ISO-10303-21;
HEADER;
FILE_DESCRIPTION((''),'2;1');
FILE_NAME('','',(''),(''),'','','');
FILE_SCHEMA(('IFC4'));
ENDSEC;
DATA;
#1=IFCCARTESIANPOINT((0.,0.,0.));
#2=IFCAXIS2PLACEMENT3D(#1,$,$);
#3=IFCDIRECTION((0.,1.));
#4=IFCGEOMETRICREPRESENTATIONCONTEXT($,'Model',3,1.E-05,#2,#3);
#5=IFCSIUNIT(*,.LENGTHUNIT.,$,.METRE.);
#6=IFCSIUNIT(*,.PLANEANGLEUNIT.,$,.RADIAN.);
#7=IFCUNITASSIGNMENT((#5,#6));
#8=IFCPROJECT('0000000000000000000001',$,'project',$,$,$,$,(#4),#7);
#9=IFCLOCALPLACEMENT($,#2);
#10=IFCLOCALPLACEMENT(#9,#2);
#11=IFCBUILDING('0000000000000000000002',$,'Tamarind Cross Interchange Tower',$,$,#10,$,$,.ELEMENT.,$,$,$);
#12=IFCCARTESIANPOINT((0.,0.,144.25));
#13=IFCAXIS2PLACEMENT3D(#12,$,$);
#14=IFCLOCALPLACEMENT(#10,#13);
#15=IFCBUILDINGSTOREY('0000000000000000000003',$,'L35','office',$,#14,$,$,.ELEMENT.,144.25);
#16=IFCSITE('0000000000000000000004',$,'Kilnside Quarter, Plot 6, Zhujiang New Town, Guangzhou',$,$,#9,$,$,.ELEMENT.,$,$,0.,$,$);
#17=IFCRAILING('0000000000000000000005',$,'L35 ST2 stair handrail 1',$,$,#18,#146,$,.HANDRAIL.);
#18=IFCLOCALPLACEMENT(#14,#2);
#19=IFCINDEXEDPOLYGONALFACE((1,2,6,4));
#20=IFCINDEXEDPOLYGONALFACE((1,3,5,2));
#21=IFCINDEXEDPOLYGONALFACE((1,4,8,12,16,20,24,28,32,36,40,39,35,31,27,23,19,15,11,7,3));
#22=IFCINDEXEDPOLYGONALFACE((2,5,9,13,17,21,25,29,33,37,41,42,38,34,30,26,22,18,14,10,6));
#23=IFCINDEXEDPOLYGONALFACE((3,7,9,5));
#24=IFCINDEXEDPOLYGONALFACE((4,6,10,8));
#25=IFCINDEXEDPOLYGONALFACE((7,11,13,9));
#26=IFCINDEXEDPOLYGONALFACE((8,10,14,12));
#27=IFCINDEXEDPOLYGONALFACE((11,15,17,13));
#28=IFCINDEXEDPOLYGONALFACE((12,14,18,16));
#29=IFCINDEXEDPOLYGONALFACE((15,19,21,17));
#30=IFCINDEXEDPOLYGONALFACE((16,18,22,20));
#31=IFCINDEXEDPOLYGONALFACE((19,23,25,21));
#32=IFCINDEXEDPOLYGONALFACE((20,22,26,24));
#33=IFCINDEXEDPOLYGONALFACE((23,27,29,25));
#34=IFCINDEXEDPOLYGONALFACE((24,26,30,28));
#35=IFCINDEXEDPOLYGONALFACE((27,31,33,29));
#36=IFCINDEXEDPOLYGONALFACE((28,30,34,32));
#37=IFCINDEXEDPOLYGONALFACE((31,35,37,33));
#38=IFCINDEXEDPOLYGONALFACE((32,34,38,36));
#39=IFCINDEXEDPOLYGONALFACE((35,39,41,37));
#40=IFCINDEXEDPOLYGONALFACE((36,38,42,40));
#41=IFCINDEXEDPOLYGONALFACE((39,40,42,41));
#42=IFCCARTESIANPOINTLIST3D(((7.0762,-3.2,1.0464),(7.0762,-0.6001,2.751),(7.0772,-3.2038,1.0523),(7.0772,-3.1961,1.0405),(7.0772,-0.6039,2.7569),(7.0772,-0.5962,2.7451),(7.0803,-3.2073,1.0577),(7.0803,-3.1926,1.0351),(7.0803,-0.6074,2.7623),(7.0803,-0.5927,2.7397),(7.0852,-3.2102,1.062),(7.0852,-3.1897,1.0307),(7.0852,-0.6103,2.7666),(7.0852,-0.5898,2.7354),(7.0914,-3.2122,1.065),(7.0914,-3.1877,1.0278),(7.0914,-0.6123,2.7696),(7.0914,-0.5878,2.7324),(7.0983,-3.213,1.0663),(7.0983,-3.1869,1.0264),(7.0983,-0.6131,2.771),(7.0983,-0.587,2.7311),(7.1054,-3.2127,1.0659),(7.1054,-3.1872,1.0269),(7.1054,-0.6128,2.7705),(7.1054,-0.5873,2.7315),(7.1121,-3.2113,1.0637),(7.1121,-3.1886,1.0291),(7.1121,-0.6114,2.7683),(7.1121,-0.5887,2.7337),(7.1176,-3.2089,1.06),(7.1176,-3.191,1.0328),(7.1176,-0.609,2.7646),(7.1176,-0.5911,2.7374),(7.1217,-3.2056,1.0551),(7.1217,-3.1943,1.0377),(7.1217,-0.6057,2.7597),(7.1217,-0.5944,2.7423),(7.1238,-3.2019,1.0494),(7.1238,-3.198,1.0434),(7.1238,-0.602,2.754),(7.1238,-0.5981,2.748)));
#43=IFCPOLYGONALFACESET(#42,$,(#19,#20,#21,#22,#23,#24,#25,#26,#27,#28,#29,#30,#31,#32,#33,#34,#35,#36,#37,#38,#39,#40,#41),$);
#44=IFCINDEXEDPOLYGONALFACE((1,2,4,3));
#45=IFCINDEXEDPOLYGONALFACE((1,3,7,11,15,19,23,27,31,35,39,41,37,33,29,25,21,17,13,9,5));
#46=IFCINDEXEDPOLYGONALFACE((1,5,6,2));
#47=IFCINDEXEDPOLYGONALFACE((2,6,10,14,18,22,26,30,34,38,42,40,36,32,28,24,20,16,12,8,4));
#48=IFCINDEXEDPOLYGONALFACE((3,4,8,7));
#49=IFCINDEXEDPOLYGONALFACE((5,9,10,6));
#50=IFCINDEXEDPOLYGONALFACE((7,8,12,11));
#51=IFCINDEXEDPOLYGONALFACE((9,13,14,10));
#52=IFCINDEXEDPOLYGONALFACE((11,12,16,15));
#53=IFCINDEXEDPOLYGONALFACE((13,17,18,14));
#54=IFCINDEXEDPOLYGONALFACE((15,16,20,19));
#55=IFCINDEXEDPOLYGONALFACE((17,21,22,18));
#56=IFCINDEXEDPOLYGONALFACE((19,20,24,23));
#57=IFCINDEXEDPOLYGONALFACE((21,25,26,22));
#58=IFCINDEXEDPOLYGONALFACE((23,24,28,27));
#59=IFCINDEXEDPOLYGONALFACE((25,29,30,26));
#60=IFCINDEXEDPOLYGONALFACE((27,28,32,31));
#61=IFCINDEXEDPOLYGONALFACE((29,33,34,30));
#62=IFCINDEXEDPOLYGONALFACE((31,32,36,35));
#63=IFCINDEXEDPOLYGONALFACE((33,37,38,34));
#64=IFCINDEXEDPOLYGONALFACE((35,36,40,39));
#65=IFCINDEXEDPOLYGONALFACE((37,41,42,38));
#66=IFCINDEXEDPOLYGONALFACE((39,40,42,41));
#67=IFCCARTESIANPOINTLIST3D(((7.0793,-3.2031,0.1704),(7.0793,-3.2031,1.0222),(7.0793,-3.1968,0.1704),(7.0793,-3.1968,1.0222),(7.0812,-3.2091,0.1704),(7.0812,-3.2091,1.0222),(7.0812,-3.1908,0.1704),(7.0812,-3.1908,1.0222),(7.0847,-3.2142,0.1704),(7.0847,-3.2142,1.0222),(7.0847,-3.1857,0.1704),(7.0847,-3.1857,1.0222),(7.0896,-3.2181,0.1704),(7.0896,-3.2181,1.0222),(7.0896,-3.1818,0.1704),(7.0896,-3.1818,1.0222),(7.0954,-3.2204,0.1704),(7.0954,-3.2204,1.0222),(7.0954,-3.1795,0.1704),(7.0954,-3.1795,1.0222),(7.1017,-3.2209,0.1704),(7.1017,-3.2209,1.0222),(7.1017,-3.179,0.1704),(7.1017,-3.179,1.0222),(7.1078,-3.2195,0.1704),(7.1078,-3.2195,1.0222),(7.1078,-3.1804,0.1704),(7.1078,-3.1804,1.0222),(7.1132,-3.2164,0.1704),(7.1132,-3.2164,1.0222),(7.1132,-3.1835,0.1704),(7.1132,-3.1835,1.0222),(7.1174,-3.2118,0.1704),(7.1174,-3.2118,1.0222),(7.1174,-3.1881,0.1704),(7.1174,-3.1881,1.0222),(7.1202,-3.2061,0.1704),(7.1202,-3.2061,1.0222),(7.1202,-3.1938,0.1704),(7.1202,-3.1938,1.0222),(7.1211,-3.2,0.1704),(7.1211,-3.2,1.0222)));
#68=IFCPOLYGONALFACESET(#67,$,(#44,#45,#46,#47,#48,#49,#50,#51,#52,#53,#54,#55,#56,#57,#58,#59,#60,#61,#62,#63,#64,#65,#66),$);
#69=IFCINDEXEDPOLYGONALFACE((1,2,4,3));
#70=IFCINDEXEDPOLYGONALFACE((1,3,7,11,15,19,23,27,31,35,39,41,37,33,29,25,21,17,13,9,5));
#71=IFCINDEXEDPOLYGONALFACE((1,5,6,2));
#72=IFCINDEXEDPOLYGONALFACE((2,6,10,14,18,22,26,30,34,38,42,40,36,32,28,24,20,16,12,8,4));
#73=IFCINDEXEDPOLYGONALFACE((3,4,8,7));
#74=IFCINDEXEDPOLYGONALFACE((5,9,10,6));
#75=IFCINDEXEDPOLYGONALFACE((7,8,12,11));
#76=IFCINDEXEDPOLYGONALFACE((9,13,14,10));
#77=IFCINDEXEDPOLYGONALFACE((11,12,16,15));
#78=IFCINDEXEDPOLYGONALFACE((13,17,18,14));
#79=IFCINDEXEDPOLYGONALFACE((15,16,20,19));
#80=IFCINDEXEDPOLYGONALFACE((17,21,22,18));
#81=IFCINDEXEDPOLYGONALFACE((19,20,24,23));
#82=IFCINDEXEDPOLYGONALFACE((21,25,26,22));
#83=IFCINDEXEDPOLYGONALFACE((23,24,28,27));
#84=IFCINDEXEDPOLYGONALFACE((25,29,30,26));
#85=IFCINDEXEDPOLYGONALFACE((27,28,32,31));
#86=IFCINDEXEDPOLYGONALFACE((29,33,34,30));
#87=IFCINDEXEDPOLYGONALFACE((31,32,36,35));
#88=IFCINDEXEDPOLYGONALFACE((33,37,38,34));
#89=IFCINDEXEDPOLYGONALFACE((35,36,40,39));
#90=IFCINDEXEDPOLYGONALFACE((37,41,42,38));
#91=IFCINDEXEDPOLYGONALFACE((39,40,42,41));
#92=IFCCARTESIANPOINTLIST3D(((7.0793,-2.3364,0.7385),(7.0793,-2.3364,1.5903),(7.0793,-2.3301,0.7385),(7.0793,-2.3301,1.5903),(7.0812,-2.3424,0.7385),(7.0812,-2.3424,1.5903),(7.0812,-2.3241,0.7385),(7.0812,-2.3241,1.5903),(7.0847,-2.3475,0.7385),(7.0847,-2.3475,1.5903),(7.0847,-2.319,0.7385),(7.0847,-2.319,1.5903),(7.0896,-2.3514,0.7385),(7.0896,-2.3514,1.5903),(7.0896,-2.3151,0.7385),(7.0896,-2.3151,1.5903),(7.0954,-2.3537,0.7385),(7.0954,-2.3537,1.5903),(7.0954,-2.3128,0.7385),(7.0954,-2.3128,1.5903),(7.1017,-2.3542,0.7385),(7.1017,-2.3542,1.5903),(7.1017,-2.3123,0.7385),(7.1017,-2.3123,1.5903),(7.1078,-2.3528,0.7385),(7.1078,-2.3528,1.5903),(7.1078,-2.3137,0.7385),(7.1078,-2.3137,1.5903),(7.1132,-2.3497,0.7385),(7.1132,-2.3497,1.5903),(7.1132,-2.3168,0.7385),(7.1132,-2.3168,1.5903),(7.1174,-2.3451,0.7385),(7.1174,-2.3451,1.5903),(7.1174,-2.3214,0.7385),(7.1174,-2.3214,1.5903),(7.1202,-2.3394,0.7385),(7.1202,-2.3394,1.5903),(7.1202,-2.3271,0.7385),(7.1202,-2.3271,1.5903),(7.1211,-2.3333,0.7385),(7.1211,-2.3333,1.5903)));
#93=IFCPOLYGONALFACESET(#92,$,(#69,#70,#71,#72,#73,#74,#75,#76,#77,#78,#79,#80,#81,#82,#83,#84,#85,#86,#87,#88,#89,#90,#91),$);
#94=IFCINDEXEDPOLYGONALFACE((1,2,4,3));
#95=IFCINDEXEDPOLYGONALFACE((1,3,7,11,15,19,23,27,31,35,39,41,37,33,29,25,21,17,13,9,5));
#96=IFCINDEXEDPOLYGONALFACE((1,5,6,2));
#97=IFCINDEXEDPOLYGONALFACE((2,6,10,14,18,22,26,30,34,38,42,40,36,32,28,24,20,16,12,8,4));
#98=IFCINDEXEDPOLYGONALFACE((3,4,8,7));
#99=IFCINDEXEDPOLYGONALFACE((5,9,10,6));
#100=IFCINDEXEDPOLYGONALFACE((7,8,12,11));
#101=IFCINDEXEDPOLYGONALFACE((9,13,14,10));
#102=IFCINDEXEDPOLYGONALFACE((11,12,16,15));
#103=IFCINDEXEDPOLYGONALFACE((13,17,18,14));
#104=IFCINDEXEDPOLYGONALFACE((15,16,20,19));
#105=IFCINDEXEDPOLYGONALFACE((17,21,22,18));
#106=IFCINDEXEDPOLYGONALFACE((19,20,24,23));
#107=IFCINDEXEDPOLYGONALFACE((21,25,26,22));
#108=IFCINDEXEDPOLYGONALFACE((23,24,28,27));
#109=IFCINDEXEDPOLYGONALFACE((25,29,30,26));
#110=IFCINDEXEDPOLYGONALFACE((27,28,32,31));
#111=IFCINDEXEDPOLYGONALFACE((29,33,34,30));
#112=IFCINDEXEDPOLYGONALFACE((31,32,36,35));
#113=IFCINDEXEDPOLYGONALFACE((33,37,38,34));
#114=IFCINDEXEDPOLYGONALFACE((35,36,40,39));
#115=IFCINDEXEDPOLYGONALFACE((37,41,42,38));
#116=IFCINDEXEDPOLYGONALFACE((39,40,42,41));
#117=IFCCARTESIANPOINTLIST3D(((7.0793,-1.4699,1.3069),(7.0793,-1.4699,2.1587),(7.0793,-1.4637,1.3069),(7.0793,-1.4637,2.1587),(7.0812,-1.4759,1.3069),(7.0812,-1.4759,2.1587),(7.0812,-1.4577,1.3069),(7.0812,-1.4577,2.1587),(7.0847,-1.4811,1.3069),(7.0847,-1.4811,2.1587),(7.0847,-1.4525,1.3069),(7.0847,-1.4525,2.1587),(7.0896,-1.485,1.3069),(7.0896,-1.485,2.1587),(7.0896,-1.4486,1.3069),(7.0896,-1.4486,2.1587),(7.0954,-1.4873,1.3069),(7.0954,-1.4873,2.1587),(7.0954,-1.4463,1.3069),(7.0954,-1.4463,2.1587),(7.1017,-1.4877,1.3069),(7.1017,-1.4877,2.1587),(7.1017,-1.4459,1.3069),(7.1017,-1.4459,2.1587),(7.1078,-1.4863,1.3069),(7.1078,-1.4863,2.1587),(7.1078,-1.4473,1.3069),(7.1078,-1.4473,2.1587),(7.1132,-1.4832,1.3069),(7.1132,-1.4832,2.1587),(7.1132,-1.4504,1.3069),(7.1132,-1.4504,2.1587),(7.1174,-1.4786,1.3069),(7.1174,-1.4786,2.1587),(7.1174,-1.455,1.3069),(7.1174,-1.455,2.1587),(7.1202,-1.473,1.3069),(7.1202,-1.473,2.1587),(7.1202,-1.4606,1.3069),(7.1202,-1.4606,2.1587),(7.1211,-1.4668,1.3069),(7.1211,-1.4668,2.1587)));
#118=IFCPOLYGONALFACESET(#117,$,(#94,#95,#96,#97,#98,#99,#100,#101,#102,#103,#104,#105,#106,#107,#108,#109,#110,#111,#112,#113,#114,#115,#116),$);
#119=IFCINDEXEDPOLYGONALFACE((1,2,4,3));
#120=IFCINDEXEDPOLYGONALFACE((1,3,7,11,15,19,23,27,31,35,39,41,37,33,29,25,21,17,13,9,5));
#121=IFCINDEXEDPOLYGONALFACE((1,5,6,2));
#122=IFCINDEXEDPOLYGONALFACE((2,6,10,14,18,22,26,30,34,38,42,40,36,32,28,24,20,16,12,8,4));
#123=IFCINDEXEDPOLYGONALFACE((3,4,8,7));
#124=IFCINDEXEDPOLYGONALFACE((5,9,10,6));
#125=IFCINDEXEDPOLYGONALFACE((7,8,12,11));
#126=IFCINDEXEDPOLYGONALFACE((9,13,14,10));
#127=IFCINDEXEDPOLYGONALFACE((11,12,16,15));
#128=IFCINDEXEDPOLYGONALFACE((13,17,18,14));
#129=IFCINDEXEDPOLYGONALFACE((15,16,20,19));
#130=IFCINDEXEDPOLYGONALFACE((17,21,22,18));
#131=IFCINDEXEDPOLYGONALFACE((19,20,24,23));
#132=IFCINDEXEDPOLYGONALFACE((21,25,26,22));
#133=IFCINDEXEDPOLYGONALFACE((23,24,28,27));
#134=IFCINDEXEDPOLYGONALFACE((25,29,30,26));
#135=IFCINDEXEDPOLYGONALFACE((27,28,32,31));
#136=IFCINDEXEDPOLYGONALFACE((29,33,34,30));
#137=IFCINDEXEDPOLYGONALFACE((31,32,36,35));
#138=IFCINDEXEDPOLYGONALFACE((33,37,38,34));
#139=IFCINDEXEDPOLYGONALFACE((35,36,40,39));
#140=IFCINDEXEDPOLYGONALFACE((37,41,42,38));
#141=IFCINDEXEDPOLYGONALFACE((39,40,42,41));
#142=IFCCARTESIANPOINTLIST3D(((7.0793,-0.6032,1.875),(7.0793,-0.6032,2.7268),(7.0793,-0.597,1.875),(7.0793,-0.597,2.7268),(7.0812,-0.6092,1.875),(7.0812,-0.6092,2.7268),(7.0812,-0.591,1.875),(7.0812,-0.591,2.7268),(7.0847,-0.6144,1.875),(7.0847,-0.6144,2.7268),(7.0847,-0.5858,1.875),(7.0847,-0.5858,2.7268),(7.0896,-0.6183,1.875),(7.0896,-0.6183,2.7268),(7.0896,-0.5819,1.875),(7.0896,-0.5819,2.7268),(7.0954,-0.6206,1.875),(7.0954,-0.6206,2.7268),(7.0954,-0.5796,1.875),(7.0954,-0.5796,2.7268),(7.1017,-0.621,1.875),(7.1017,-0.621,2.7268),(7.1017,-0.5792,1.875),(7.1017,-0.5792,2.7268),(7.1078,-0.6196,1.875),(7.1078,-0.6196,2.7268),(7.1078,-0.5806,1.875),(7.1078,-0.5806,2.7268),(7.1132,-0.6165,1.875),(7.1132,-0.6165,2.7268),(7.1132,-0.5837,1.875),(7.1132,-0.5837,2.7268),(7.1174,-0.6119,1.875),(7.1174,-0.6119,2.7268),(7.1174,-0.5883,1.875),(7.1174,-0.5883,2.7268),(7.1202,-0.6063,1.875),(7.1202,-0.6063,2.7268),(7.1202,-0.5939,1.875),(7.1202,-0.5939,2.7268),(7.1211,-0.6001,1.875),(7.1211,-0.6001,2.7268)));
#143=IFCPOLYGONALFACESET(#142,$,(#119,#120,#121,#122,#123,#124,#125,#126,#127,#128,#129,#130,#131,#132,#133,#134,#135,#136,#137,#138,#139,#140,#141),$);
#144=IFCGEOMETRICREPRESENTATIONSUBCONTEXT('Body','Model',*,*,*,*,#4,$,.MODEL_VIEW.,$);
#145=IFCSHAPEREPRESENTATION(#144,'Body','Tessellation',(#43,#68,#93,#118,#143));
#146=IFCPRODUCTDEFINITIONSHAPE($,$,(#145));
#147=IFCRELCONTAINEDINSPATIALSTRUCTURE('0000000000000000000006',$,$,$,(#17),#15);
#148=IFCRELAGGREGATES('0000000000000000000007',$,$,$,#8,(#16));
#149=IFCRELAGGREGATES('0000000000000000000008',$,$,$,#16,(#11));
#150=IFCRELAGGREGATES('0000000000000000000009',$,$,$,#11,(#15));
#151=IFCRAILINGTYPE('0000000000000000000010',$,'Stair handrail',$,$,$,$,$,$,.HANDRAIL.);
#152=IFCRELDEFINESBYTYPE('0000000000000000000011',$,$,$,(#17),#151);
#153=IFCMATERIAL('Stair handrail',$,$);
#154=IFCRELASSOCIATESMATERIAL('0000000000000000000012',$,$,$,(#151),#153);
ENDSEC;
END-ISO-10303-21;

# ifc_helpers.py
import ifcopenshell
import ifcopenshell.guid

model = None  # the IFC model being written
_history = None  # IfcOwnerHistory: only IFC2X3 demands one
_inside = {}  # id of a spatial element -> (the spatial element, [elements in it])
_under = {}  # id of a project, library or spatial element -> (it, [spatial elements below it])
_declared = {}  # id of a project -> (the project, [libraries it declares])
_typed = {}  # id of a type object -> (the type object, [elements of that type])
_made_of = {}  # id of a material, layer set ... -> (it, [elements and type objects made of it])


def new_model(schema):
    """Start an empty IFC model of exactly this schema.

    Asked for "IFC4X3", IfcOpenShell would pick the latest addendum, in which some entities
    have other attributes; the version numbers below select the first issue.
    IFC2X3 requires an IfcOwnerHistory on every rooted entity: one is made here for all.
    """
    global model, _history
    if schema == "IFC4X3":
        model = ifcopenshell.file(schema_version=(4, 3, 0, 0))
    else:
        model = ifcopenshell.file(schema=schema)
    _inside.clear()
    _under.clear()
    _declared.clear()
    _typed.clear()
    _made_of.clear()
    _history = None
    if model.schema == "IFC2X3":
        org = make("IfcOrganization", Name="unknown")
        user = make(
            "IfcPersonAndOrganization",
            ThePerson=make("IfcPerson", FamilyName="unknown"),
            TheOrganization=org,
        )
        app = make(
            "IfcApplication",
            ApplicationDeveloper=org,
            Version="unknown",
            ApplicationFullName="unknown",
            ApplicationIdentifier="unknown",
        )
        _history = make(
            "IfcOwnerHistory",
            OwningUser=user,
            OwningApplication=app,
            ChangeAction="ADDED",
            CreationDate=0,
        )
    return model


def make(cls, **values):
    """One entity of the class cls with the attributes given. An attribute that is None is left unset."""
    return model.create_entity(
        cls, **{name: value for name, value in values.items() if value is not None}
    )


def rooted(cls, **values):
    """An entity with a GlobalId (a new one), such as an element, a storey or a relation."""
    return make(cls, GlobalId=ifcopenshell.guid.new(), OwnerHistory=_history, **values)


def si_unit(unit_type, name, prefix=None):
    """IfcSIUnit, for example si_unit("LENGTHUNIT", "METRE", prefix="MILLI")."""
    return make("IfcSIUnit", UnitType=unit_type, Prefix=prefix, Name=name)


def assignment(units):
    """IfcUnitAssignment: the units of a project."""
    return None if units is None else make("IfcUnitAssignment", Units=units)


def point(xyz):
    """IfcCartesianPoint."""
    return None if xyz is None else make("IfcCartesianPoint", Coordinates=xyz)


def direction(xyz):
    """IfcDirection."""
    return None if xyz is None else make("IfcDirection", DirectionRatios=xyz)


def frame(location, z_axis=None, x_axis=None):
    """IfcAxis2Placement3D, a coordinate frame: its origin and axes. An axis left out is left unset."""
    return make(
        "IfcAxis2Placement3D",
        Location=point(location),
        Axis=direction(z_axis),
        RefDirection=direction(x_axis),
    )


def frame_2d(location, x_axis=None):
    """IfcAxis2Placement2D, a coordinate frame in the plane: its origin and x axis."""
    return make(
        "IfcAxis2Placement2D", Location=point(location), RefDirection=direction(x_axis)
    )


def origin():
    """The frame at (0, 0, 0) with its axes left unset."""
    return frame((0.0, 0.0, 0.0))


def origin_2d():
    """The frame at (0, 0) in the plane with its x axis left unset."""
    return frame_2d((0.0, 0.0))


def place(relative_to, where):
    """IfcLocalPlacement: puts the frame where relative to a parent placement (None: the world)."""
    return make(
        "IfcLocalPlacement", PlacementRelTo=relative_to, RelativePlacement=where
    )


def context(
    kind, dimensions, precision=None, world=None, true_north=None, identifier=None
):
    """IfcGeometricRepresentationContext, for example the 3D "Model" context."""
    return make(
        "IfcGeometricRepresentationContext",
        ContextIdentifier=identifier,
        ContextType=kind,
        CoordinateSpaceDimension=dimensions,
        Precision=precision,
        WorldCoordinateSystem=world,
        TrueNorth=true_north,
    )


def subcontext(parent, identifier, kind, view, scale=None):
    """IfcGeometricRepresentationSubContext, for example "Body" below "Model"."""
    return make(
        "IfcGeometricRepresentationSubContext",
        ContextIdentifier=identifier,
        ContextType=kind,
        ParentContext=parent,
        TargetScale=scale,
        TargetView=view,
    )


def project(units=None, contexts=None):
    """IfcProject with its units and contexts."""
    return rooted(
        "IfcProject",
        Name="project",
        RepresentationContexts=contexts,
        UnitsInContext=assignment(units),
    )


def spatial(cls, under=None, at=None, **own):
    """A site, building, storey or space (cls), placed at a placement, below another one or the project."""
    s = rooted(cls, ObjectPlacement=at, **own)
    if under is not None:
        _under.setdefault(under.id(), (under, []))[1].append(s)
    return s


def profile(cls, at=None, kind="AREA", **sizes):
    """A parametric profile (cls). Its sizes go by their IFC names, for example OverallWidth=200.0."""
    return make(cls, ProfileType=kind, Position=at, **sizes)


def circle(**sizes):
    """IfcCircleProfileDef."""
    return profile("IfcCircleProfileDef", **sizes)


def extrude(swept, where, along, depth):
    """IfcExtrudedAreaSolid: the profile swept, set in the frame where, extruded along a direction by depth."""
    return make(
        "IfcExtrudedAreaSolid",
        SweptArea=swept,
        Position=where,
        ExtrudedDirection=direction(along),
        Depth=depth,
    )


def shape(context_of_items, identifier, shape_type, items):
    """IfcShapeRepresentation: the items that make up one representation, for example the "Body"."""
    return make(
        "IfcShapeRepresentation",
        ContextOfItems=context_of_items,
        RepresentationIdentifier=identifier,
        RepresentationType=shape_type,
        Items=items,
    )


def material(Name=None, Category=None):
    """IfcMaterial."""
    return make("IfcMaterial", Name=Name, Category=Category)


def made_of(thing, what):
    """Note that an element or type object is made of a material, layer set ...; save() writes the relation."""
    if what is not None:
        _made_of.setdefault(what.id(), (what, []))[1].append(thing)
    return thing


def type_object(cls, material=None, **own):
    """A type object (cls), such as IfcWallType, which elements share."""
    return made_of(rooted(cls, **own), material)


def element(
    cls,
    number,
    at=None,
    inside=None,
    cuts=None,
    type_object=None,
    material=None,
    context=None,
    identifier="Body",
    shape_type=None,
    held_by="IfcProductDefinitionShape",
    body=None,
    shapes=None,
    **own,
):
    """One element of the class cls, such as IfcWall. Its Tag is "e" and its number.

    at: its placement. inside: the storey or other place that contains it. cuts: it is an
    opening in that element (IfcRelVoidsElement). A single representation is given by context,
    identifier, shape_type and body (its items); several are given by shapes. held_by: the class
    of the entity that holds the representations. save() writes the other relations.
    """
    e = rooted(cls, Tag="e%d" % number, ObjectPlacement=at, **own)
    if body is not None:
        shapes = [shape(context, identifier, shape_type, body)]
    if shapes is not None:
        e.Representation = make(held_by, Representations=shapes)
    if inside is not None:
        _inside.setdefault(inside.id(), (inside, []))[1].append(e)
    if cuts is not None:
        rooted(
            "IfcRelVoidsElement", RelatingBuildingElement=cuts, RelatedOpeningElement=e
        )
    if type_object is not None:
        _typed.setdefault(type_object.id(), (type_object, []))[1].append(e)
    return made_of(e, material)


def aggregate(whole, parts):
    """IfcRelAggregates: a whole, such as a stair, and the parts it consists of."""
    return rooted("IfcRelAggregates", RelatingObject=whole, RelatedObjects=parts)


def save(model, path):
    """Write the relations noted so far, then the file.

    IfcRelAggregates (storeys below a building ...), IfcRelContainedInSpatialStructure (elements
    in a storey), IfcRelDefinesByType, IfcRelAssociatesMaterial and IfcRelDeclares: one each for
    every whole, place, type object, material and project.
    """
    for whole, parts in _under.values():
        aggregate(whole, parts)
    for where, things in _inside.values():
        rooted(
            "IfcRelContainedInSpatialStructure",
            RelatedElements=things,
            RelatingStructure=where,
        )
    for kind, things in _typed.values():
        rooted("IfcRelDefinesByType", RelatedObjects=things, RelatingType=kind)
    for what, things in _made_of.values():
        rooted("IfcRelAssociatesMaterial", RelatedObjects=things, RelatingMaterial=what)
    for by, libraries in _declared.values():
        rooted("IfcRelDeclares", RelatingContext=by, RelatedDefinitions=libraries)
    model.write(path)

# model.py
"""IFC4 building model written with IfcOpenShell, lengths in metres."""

from ifc_helpers import new_model, si_unit, direction, frame, origin, origin_2d, place, context, subcontext, project, spatial, circle, extrude, material, type_object, element, save


model = new_model("IFC4")

# Units and contexts
model_context = context("Model", 3, precision=1e-05, world=origin(), true_north=direction((0.0, 1.0)))
body_context = subcontext(model_context, "Body", "Model", "MODEL_VIEW")
ifc_project = project(units=[si_unit("LENGTHUNIT", "METRE"), si_unit("PLANEANGLEUNIT", "RADIAN")], contexts=[model_context])

# Site, building, storey
site_placement = place(None, origin())
site = spatial("IfcSite", under=ifc_project, at=site_placement, Name="Kilnside Quarter, Plot 6, Zhujiang New Town, Guangzhou", CompositionType="ELEMENT", RefElevation=0.0)
building_placement = place(site_placement, origin())
building = spatial("IfcBuilding", under=site, at=building_placement, Name="Tamarind Cross Interchange Tower", CompositionType="ELEMENT")
storey_placement = place(building_placement, frame((0.0, 0.0, 144.25)))
storey = spatial("IfcBuildingStorey", under=building, at=storey_placement, Name="L35", Description="office", CompositionType="ELEMENT", Elevation=144.25)

# Railing
ifc_material_1 = material(Name="Stair handrail")
railing_type_1 = type_object("IfcRailingType", Name="Stair handrail", PredefinedType="HANDRAIL", material=ifc_material_1)
railing_1_placement = place(storey_placement, frame((7.1001, -3.2, 0.1704)))
element("IfcRailing", 1, at=railing_1_placement, inside=storey, type_object=railing_type_1, Name="L35 ST2 stair handrail 1", PredefinedType="HANDRAIL", context=body_context, shape_type="SweptSolid", body=[
    extrude(circle(Radius=0.0239, at=origin_2d()), frame((0.0, 0.0, 0.876), z_axis=(0.0, 0.836279, 0.548305), x_axis=(-1.0, 0.0, 0.0)), (0.0, 0.0, 1.0), 3.1089),
    extrude(circle(Radius=0.021, at=origin_2d()), origin(), (0.0, 0.0, 1.0), 0.8518),
    extrude(circle(Radius=0.021, at=origin_2d()), frame((0.0, 0.8667, 0.5681)), (0.0, 0.0, 1.0), 0.8518),
    extrude(circle(Radius=0.021, at=origin_2d()), frame((0.0, 1.7332, 1.1365)), (0.0, 0.0, 1.0), 0.8518),
    extrude(circle(Radius=0.021, at=origin_2d()), frame((0.0, 2.5999, 1.7046)), (0.0, 0.0, 1.0), 0.8518),
])

save(model, "model.ifc")
